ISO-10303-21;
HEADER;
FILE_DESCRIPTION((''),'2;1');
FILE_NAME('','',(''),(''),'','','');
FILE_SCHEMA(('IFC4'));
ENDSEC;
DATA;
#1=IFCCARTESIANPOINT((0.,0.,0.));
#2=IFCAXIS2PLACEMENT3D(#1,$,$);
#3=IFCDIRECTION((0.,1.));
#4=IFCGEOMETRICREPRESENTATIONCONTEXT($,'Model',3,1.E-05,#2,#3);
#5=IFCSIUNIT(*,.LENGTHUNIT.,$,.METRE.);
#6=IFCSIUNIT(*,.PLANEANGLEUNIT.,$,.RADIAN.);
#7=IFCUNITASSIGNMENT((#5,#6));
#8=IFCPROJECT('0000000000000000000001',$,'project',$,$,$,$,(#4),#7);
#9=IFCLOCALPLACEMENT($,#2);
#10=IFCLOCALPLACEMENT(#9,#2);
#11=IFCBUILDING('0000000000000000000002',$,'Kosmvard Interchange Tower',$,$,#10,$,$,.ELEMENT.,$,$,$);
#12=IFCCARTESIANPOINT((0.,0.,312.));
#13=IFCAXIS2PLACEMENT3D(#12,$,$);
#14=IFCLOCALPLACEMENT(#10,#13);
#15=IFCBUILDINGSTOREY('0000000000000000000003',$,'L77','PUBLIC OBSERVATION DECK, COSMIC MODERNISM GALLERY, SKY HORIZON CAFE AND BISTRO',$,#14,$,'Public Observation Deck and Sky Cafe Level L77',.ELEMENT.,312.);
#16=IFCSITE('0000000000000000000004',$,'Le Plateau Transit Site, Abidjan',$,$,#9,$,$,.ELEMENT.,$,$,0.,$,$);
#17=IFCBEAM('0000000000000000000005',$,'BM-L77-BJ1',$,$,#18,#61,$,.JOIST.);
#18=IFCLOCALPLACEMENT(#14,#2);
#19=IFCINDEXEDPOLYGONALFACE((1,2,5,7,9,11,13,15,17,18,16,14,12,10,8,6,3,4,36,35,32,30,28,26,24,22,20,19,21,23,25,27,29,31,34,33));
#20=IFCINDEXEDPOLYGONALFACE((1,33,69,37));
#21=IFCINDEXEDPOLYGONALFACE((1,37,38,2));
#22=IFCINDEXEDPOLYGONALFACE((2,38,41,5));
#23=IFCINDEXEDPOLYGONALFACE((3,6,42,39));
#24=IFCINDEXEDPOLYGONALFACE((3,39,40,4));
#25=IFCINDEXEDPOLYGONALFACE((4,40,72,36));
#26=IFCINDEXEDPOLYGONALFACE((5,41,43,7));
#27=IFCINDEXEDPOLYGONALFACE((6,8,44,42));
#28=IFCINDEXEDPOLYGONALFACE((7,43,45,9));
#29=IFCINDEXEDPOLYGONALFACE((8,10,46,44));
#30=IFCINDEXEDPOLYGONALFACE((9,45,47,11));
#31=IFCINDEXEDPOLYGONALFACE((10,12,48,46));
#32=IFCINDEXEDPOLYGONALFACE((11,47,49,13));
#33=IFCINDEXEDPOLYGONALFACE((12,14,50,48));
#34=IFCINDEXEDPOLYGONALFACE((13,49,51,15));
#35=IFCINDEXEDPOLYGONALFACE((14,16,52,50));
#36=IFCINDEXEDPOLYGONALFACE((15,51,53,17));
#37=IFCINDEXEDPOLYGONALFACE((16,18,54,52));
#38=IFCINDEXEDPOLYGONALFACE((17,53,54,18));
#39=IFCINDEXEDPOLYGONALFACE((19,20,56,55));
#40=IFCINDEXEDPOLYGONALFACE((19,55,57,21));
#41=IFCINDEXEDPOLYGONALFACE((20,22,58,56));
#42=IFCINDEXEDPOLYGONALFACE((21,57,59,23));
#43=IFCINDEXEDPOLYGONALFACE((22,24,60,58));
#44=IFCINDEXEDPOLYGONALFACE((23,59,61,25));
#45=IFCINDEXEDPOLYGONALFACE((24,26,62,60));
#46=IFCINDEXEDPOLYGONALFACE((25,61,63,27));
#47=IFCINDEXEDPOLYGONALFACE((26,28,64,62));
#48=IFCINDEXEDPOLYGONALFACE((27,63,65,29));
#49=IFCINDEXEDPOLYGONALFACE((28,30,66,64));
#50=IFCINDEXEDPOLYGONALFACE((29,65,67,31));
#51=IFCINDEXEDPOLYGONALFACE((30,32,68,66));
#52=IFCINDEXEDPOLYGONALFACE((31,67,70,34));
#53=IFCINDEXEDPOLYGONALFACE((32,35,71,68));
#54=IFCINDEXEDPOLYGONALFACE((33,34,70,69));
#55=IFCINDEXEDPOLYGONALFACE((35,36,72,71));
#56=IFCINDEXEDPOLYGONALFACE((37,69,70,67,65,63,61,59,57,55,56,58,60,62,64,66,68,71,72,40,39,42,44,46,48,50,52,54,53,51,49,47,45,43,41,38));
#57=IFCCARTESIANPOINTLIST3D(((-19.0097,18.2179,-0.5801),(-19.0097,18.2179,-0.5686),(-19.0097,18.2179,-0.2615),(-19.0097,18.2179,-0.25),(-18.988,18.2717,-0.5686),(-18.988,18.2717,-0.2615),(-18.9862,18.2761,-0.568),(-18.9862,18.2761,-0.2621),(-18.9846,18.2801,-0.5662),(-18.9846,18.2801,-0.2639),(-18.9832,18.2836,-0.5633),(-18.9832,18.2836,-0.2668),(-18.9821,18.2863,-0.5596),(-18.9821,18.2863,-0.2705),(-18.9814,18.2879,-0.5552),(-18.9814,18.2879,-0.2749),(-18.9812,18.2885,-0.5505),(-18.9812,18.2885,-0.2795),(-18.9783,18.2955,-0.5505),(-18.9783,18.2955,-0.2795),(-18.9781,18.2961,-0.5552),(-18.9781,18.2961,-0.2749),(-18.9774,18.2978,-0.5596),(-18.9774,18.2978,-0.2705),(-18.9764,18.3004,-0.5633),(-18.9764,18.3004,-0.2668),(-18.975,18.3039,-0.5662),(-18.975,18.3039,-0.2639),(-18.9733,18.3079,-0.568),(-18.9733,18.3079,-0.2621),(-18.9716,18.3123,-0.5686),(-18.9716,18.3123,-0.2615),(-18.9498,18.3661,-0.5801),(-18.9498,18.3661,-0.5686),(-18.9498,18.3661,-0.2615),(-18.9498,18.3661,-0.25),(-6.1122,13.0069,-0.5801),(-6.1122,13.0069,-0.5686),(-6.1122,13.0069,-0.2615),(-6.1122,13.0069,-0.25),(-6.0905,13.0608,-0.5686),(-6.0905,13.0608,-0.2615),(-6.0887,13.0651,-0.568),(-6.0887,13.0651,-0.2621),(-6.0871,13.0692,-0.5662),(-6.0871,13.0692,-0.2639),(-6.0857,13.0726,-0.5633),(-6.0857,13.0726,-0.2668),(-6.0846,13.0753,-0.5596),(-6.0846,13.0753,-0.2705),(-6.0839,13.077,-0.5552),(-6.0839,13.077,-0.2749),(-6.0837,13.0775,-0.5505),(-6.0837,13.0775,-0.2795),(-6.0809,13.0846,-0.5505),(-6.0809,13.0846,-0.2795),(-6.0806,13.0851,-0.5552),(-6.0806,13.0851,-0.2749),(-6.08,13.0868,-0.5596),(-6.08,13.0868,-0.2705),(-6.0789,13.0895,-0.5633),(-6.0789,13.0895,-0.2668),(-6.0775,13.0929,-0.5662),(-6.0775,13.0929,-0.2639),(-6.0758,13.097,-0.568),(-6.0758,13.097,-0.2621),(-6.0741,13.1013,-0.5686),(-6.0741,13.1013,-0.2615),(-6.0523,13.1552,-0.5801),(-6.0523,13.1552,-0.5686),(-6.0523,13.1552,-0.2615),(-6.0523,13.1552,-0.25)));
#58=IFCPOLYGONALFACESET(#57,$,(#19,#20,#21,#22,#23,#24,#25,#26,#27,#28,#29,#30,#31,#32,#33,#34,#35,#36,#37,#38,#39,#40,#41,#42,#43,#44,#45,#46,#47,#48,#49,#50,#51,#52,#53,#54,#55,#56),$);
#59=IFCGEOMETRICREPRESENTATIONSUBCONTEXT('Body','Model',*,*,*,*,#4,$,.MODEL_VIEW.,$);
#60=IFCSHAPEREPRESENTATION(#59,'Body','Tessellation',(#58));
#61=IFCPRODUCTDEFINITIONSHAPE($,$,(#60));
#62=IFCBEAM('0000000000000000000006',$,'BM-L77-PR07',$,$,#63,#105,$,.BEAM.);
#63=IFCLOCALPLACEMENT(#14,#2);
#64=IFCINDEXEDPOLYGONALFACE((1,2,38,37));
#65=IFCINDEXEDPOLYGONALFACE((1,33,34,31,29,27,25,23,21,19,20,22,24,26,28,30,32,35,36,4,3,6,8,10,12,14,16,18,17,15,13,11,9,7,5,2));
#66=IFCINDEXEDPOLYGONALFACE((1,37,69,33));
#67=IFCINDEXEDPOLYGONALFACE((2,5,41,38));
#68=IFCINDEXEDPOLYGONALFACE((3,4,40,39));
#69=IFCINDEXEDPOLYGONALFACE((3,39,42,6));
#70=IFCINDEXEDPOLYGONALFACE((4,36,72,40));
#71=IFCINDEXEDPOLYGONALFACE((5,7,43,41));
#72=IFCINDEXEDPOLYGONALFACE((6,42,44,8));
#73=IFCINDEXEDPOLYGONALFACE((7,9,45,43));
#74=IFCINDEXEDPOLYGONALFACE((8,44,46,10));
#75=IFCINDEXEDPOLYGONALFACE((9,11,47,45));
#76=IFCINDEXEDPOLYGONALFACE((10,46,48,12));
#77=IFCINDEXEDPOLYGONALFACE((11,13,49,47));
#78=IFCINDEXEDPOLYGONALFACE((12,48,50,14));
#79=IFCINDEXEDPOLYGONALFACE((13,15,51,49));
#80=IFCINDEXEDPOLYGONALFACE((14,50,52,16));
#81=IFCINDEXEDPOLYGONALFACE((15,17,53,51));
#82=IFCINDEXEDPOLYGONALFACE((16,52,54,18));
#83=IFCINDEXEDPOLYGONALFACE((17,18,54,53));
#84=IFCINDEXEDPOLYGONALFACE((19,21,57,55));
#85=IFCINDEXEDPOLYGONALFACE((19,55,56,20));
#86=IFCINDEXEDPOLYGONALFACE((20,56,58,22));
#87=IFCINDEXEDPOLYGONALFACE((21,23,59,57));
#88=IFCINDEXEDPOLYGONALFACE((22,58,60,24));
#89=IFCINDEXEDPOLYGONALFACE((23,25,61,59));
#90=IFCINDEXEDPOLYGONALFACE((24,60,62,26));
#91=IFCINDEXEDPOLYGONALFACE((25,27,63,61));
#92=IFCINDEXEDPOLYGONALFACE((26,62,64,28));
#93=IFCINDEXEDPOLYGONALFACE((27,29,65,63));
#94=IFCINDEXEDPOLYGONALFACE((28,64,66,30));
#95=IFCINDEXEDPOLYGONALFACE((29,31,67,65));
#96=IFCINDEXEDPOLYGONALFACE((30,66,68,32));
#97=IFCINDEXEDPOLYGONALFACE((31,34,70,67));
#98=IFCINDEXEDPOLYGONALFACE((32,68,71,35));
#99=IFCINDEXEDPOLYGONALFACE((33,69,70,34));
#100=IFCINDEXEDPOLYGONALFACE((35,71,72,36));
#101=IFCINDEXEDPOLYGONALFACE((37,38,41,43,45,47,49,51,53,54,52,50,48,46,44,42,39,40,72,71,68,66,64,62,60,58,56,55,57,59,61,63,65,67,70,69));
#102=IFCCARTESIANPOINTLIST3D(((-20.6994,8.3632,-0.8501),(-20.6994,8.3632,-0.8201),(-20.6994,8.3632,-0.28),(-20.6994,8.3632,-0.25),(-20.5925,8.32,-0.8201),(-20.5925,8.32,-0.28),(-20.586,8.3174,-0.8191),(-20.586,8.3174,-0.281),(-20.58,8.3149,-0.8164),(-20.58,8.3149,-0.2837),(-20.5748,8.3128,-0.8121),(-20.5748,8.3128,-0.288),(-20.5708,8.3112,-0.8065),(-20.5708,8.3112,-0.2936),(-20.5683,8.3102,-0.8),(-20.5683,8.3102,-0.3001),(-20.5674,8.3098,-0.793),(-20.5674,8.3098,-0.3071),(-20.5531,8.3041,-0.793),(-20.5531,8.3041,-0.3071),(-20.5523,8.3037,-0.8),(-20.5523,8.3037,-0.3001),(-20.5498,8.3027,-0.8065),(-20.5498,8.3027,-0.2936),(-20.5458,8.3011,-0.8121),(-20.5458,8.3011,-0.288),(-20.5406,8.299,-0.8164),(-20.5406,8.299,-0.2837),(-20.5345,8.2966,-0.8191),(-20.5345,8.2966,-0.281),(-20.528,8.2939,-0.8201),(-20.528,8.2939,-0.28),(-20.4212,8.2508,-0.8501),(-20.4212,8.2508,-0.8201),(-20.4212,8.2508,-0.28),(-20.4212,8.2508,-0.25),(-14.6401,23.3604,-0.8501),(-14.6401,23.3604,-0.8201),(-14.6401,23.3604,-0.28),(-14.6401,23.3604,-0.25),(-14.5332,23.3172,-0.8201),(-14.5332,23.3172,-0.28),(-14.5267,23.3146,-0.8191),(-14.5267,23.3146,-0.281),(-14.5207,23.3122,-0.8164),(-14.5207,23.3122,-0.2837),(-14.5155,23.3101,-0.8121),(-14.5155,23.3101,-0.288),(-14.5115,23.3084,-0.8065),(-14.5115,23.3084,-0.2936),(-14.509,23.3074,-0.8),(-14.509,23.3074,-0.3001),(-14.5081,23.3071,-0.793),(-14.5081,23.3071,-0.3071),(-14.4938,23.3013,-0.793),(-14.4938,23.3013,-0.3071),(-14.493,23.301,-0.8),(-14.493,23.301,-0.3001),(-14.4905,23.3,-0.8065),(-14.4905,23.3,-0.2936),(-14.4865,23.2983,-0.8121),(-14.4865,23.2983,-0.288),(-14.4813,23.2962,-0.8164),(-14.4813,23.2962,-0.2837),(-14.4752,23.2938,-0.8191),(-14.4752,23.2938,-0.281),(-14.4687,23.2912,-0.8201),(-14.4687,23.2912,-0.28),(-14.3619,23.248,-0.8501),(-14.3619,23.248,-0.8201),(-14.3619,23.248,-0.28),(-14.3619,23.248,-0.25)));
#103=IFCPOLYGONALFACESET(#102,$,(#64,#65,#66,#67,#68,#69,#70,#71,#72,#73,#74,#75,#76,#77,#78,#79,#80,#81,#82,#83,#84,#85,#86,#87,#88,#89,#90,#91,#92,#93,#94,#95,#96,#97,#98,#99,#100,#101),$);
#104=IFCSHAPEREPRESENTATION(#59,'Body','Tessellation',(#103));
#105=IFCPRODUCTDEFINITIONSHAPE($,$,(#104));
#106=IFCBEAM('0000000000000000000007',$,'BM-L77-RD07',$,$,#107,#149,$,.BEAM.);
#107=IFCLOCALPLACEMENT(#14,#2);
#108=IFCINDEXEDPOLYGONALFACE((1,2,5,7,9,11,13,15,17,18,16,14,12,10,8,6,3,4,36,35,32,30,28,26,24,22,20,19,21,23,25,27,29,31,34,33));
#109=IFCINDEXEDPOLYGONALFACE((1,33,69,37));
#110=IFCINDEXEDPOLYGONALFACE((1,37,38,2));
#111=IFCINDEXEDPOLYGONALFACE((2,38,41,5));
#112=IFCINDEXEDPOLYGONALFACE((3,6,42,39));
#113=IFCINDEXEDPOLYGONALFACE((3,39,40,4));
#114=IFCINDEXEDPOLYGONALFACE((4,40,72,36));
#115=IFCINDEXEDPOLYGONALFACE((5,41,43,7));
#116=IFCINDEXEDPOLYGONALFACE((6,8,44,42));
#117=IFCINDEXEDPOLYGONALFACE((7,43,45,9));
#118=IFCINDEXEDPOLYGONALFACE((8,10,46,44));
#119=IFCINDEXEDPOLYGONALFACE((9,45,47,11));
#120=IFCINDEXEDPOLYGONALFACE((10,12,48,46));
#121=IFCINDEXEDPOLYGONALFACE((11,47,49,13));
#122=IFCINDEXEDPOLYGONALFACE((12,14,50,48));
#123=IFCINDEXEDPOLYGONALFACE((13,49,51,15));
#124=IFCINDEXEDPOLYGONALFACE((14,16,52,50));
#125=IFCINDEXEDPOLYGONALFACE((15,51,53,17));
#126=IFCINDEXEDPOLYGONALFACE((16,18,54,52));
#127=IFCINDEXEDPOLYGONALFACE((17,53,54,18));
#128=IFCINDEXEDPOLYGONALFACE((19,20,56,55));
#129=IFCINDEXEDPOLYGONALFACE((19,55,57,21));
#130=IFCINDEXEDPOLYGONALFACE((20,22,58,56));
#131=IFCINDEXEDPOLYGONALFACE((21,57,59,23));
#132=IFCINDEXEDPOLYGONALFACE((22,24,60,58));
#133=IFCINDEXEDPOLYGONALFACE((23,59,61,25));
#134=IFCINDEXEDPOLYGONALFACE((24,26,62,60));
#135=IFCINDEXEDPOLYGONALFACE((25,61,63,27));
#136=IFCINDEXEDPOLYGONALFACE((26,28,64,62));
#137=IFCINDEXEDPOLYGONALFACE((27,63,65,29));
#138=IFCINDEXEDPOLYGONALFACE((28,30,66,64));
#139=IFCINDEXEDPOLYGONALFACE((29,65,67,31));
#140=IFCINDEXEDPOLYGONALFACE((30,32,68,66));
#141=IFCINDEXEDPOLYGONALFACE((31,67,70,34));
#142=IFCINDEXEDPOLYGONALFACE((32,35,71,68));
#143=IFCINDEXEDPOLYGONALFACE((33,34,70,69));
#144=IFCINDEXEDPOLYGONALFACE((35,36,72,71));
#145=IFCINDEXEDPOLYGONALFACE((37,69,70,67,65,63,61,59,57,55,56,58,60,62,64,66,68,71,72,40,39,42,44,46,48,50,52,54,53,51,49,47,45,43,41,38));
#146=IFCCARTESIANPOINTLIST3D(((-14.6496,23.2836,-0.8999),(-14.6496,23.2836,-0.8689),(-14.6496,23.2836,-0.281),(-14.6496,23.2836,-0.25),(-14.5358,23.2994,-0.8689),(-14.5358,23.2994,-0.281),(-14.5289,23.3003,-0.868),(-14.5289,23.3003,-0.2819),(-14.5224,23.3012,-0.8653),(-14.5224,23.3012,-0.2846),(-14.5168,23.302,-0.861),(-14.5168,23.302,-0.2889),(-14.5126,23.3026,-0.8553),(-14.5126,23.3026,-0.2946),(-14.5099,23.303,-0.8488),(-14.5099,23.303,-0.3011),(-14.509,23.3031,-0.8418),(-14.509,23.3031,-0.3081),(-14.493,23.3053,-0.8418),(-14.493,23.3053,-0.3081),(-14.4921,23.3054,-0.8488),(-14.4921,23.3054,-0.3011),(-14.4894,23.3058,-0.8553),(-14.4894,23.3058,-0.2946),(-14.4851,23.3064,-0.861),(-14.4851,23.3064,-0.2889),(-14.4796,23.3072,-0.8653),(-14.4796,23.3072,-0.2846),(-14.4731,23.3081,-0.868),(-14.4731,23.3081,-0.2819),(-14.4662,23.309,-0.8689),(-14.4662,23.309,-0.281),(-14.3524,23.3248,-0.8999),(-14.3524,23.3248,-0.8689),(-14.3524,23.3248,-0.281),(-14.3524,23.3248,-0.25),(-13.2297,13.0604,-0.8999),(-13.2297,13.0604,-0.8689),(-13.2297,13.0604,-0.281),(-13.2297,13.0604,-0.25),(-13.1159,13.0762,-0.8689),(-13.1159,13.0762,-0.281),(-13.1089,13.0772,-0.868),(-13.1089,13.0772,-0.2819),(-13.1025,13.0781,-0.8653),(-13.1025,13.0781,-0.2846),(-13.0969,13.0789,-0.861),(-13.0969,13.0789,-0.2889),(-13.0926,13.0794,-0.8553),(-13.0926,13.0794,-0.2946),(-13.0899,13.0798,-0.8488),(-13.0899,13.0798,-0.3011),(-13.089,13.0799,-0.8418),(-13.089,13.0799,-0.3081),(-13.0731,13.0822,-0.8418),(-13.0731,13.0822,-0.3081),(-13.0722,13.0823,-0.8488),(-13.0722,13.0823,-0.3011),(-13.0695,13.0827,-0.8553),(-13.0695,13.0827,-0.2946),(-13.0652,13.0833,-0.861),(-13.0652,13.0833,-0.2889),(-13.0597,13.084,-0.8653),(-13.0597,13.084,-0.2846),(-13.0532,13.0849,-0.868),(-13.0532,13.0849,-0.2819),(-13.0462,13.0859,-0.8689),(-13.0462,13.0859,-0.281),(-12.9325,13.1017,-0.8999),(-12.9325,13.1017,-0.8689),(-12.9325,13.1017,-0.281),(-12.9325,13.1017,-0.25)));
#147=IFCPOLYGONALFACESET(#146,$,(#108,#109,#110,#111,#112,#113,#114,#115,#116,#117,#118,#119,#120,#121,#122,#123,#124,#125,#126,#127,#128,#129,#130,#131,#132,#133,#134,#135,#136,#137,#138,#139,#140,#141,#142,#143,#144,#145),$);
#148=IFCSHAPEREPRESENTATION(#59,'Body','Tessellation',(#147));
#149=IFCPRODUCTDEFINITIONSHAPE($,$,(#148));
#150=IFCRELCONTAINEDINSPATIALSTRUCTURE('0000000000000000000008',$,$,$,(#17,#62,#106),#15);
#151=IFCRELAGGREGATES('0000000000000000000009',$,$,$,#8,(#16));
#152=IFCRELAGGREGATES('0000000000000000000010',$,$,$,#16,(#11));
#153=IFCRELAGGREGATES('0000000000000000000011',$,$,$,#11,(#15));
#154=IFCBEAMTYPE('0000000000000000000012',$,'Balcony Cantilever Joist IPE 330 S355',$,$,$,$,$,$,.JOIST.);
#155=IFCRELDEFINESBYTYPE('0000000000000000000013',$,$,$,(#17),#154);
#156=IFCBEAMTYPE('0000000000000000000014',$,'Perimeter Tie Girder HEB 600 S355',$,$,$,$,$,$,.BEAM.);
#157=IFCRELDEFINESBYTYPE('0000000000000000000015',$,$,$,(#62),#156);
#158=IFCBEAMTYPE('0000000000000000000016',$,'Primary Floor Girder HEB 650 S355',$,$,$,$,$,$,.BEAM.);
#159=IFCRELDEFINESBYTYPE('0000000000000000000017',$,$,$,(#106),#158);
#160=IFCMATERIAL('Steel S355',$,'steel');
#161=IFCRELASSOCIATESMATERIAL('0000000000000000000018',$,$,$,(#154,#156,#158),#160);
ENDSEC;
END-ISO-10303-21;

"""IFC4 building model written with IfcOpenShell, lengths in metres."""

from ifc_helpers import new_model, si_unit, direction, frame, origin, origin_2d, place, context, subcontext, project, spatial, i_section, extrude, source, transform, mapped, material, material_profile, profile_set, type_object, element, save


model = new_model("IFC4")

# Units and contexts
model_context = context("Model", 3, precision=1e-05, world=origin(), true_north=direction((0.0, 1.0)))
body_context = subcontext(model_context, "Body", "Model", "MODEL_VIEW")
ifc_project = project(units=[si_unit("LENGTHUNIT", "METRE"), si_unit("PLANEANGLEUNIT", "RADIAN")], contexts=[model_context])

# Site, building, storey
site_placement = place(None, origin())
site = spatial("IfcSite", under=ifc_project, at=site_placement, Name="Le Plateau Transit Site, Abidjan", CompositionType="ELEMENT", RefElevation=0.0)
building_placement = place(site_placement, origin())
building = spatial("IfcBuilding", under=site, at=building_placement, Name="Kosmvard Interchange Tower", CompositionType="ELEMENT")
storey_placement = place(building_placement, frame((0.0, 0.0, 312.0)))
storey = spatial("IfcBuildingStorey", under=building, at=storey_placement, Name="L77", Description="PUBLIC OBSERVATION DECK, COSMIC MODERNISM GALLERY, SKY HORIZON CAFE AND BISTRO", LongName="Public Observation Deck and Sky Cafe Level L77", CompositionType="ELEMENT", Elevation=312.0)

# Beams
ifc_material_1 = material(Name="Steel S355", Category="steel")
ifc_material_profile_1 = material_profile(ifc_material_1, i_section(OverallWidth=0.1599, OverallDepth=0.3301, WebThickness=0.0076, FlangeThickness=0.0115, FilletRadius=0.0181, at=origin_2d()), Name="IPE 330")
ifc_profile_set_1 = profile_set([ifc_material_profile_1], Name="Steel S355")
beam_type_1 = type_object("IfcBeamType", Name="Balcony Cantilever Joist IPE 330 S355", PredefinedType="JOIST", material=ifc_profile_set_1)
shared_shape_1 = source(origin(), body_context, "Body", "SweptSolid", [
    extrude(i_section(OverallWidth=0.1599, OverallDepth=0.3301, WebThickness=0.0076, FlangeThickness=0.0115, FilletRadius=0.0181, at=origin_2d()), origin(), (0.0, 0.0, 1.0), 13.9104),
])
beam_1_placement = place(storey_placement, frame((-6.0823, 13.0811, -0.415), z_axis=(-0.927183, 0.374608, 0.0), x_axis=(-0.374608, -0.927183, 0.0)))
element("IfcBeam", 1, at=beam_1_placement, inside=storey, type_object=beam_type_1, Name="BM-L77-BJ1", PredefinedType="JOIST", context=body_context, shape_type="MappedRepresentation", body=[
    mapped(shared_shape_1, transform((0.0, 0.0, 0.0), scale=1.0)),
])
ifc_material_profile_2 = material_profile(ifc_material_1, i_section(OverallWidth=0.3, OverallDepth=0.6001, WebThickness=0.0154, FlangeThickness=0.03, FilletRadius=0.0271, at=origin_2d()), Name="HEB 600")
ifc_profile_set_2 = profile_set([ifc_material_profile_2], Name="Steel S355")
beam_type_2 = type_object("IfcBeamType", Name="Perimeter Tie Girder HEB 600 S355", PredefinedType="BEAM", material=ifc_profile_set_2)
shared_shape_2 = source(origin(), body_context, "Body", "SweptSolid", [
    extrude(i_section(OverallWidth=0.3, OverallDepth=0.6001, WebThickness=0.0154, FlangeThickness=0.03, FilletRadius=0.0271, at=origin_2d()), origin(), (0.0, 0.0, 1.0), 16.175),
])
beam_2_placement = place(storey_placement, frame((-14.501, 23.3042, -0.55), z_axis=(-0.374608, -0.927183, 0.0), x_axis=(0.927183, -0.374608, 0.0)))
element("IfcBeam", 2, at=beam_2_placement, inside=storey, type_object=beam_type_2, Name="BM-L77-PR07", PredefinedType="BEAM", context=body_context, shape_type="MappedRepresentation", body=[
    mapped(shared_shape_2, transform((0.0, 0.0, 0.0), scale=1.0)),
])
ifc_material_profile_3 = material_profile(ifc_material_1, i_section(OverallWidth=0.3, OverallDepth=0.6499, WebThickness=0.0161, FlangeThickness=0.031, FilletRadius=0.0271, at=origin_2d()), Name="HEB 650")
ifc_profile_set_3 = profile_set([ifc_material_profile_3], Name="Steel S355")
beam_type_3 = type_object("IfcBeamType", Name="Primary Floor Girder HEB 650 S355", PredefinedType="BEAM", material=ifc_profile_set_3)
shared_shape_3 = source(origin(), body_context, "Body", "SweptSolid", [
    extrude(i_section(OverallWidth=0.3, OverallDepth=0.6499, WebThickness=0.0161, FlangeThickness=0.031, FilletRadius=0.0271, at=origin_2d()), origin(), (0.0, 0.0, 1.0), 10.3213),
])
beam_3_placement = place(storey_placement, frame((-13.0811, 13.0811, -0.575), z_axis=(-0.137572, 0.990492, 0.0), x_axis=(-0.990492, -0.137572, 0.0)))
element("IfcBeam", 3, at=beam_3_placement, inside=storey, type_object=beam_type_3, Name="BM-L77-RD07", PredefinedType="BEAM", context=body_context, shape_type="MappedRepresentation", body=[
    mapped(shared_shape_3, transform((0.0, 0.0, 0.0), scale=1.0)),
])

save(model, "model.ifc")
